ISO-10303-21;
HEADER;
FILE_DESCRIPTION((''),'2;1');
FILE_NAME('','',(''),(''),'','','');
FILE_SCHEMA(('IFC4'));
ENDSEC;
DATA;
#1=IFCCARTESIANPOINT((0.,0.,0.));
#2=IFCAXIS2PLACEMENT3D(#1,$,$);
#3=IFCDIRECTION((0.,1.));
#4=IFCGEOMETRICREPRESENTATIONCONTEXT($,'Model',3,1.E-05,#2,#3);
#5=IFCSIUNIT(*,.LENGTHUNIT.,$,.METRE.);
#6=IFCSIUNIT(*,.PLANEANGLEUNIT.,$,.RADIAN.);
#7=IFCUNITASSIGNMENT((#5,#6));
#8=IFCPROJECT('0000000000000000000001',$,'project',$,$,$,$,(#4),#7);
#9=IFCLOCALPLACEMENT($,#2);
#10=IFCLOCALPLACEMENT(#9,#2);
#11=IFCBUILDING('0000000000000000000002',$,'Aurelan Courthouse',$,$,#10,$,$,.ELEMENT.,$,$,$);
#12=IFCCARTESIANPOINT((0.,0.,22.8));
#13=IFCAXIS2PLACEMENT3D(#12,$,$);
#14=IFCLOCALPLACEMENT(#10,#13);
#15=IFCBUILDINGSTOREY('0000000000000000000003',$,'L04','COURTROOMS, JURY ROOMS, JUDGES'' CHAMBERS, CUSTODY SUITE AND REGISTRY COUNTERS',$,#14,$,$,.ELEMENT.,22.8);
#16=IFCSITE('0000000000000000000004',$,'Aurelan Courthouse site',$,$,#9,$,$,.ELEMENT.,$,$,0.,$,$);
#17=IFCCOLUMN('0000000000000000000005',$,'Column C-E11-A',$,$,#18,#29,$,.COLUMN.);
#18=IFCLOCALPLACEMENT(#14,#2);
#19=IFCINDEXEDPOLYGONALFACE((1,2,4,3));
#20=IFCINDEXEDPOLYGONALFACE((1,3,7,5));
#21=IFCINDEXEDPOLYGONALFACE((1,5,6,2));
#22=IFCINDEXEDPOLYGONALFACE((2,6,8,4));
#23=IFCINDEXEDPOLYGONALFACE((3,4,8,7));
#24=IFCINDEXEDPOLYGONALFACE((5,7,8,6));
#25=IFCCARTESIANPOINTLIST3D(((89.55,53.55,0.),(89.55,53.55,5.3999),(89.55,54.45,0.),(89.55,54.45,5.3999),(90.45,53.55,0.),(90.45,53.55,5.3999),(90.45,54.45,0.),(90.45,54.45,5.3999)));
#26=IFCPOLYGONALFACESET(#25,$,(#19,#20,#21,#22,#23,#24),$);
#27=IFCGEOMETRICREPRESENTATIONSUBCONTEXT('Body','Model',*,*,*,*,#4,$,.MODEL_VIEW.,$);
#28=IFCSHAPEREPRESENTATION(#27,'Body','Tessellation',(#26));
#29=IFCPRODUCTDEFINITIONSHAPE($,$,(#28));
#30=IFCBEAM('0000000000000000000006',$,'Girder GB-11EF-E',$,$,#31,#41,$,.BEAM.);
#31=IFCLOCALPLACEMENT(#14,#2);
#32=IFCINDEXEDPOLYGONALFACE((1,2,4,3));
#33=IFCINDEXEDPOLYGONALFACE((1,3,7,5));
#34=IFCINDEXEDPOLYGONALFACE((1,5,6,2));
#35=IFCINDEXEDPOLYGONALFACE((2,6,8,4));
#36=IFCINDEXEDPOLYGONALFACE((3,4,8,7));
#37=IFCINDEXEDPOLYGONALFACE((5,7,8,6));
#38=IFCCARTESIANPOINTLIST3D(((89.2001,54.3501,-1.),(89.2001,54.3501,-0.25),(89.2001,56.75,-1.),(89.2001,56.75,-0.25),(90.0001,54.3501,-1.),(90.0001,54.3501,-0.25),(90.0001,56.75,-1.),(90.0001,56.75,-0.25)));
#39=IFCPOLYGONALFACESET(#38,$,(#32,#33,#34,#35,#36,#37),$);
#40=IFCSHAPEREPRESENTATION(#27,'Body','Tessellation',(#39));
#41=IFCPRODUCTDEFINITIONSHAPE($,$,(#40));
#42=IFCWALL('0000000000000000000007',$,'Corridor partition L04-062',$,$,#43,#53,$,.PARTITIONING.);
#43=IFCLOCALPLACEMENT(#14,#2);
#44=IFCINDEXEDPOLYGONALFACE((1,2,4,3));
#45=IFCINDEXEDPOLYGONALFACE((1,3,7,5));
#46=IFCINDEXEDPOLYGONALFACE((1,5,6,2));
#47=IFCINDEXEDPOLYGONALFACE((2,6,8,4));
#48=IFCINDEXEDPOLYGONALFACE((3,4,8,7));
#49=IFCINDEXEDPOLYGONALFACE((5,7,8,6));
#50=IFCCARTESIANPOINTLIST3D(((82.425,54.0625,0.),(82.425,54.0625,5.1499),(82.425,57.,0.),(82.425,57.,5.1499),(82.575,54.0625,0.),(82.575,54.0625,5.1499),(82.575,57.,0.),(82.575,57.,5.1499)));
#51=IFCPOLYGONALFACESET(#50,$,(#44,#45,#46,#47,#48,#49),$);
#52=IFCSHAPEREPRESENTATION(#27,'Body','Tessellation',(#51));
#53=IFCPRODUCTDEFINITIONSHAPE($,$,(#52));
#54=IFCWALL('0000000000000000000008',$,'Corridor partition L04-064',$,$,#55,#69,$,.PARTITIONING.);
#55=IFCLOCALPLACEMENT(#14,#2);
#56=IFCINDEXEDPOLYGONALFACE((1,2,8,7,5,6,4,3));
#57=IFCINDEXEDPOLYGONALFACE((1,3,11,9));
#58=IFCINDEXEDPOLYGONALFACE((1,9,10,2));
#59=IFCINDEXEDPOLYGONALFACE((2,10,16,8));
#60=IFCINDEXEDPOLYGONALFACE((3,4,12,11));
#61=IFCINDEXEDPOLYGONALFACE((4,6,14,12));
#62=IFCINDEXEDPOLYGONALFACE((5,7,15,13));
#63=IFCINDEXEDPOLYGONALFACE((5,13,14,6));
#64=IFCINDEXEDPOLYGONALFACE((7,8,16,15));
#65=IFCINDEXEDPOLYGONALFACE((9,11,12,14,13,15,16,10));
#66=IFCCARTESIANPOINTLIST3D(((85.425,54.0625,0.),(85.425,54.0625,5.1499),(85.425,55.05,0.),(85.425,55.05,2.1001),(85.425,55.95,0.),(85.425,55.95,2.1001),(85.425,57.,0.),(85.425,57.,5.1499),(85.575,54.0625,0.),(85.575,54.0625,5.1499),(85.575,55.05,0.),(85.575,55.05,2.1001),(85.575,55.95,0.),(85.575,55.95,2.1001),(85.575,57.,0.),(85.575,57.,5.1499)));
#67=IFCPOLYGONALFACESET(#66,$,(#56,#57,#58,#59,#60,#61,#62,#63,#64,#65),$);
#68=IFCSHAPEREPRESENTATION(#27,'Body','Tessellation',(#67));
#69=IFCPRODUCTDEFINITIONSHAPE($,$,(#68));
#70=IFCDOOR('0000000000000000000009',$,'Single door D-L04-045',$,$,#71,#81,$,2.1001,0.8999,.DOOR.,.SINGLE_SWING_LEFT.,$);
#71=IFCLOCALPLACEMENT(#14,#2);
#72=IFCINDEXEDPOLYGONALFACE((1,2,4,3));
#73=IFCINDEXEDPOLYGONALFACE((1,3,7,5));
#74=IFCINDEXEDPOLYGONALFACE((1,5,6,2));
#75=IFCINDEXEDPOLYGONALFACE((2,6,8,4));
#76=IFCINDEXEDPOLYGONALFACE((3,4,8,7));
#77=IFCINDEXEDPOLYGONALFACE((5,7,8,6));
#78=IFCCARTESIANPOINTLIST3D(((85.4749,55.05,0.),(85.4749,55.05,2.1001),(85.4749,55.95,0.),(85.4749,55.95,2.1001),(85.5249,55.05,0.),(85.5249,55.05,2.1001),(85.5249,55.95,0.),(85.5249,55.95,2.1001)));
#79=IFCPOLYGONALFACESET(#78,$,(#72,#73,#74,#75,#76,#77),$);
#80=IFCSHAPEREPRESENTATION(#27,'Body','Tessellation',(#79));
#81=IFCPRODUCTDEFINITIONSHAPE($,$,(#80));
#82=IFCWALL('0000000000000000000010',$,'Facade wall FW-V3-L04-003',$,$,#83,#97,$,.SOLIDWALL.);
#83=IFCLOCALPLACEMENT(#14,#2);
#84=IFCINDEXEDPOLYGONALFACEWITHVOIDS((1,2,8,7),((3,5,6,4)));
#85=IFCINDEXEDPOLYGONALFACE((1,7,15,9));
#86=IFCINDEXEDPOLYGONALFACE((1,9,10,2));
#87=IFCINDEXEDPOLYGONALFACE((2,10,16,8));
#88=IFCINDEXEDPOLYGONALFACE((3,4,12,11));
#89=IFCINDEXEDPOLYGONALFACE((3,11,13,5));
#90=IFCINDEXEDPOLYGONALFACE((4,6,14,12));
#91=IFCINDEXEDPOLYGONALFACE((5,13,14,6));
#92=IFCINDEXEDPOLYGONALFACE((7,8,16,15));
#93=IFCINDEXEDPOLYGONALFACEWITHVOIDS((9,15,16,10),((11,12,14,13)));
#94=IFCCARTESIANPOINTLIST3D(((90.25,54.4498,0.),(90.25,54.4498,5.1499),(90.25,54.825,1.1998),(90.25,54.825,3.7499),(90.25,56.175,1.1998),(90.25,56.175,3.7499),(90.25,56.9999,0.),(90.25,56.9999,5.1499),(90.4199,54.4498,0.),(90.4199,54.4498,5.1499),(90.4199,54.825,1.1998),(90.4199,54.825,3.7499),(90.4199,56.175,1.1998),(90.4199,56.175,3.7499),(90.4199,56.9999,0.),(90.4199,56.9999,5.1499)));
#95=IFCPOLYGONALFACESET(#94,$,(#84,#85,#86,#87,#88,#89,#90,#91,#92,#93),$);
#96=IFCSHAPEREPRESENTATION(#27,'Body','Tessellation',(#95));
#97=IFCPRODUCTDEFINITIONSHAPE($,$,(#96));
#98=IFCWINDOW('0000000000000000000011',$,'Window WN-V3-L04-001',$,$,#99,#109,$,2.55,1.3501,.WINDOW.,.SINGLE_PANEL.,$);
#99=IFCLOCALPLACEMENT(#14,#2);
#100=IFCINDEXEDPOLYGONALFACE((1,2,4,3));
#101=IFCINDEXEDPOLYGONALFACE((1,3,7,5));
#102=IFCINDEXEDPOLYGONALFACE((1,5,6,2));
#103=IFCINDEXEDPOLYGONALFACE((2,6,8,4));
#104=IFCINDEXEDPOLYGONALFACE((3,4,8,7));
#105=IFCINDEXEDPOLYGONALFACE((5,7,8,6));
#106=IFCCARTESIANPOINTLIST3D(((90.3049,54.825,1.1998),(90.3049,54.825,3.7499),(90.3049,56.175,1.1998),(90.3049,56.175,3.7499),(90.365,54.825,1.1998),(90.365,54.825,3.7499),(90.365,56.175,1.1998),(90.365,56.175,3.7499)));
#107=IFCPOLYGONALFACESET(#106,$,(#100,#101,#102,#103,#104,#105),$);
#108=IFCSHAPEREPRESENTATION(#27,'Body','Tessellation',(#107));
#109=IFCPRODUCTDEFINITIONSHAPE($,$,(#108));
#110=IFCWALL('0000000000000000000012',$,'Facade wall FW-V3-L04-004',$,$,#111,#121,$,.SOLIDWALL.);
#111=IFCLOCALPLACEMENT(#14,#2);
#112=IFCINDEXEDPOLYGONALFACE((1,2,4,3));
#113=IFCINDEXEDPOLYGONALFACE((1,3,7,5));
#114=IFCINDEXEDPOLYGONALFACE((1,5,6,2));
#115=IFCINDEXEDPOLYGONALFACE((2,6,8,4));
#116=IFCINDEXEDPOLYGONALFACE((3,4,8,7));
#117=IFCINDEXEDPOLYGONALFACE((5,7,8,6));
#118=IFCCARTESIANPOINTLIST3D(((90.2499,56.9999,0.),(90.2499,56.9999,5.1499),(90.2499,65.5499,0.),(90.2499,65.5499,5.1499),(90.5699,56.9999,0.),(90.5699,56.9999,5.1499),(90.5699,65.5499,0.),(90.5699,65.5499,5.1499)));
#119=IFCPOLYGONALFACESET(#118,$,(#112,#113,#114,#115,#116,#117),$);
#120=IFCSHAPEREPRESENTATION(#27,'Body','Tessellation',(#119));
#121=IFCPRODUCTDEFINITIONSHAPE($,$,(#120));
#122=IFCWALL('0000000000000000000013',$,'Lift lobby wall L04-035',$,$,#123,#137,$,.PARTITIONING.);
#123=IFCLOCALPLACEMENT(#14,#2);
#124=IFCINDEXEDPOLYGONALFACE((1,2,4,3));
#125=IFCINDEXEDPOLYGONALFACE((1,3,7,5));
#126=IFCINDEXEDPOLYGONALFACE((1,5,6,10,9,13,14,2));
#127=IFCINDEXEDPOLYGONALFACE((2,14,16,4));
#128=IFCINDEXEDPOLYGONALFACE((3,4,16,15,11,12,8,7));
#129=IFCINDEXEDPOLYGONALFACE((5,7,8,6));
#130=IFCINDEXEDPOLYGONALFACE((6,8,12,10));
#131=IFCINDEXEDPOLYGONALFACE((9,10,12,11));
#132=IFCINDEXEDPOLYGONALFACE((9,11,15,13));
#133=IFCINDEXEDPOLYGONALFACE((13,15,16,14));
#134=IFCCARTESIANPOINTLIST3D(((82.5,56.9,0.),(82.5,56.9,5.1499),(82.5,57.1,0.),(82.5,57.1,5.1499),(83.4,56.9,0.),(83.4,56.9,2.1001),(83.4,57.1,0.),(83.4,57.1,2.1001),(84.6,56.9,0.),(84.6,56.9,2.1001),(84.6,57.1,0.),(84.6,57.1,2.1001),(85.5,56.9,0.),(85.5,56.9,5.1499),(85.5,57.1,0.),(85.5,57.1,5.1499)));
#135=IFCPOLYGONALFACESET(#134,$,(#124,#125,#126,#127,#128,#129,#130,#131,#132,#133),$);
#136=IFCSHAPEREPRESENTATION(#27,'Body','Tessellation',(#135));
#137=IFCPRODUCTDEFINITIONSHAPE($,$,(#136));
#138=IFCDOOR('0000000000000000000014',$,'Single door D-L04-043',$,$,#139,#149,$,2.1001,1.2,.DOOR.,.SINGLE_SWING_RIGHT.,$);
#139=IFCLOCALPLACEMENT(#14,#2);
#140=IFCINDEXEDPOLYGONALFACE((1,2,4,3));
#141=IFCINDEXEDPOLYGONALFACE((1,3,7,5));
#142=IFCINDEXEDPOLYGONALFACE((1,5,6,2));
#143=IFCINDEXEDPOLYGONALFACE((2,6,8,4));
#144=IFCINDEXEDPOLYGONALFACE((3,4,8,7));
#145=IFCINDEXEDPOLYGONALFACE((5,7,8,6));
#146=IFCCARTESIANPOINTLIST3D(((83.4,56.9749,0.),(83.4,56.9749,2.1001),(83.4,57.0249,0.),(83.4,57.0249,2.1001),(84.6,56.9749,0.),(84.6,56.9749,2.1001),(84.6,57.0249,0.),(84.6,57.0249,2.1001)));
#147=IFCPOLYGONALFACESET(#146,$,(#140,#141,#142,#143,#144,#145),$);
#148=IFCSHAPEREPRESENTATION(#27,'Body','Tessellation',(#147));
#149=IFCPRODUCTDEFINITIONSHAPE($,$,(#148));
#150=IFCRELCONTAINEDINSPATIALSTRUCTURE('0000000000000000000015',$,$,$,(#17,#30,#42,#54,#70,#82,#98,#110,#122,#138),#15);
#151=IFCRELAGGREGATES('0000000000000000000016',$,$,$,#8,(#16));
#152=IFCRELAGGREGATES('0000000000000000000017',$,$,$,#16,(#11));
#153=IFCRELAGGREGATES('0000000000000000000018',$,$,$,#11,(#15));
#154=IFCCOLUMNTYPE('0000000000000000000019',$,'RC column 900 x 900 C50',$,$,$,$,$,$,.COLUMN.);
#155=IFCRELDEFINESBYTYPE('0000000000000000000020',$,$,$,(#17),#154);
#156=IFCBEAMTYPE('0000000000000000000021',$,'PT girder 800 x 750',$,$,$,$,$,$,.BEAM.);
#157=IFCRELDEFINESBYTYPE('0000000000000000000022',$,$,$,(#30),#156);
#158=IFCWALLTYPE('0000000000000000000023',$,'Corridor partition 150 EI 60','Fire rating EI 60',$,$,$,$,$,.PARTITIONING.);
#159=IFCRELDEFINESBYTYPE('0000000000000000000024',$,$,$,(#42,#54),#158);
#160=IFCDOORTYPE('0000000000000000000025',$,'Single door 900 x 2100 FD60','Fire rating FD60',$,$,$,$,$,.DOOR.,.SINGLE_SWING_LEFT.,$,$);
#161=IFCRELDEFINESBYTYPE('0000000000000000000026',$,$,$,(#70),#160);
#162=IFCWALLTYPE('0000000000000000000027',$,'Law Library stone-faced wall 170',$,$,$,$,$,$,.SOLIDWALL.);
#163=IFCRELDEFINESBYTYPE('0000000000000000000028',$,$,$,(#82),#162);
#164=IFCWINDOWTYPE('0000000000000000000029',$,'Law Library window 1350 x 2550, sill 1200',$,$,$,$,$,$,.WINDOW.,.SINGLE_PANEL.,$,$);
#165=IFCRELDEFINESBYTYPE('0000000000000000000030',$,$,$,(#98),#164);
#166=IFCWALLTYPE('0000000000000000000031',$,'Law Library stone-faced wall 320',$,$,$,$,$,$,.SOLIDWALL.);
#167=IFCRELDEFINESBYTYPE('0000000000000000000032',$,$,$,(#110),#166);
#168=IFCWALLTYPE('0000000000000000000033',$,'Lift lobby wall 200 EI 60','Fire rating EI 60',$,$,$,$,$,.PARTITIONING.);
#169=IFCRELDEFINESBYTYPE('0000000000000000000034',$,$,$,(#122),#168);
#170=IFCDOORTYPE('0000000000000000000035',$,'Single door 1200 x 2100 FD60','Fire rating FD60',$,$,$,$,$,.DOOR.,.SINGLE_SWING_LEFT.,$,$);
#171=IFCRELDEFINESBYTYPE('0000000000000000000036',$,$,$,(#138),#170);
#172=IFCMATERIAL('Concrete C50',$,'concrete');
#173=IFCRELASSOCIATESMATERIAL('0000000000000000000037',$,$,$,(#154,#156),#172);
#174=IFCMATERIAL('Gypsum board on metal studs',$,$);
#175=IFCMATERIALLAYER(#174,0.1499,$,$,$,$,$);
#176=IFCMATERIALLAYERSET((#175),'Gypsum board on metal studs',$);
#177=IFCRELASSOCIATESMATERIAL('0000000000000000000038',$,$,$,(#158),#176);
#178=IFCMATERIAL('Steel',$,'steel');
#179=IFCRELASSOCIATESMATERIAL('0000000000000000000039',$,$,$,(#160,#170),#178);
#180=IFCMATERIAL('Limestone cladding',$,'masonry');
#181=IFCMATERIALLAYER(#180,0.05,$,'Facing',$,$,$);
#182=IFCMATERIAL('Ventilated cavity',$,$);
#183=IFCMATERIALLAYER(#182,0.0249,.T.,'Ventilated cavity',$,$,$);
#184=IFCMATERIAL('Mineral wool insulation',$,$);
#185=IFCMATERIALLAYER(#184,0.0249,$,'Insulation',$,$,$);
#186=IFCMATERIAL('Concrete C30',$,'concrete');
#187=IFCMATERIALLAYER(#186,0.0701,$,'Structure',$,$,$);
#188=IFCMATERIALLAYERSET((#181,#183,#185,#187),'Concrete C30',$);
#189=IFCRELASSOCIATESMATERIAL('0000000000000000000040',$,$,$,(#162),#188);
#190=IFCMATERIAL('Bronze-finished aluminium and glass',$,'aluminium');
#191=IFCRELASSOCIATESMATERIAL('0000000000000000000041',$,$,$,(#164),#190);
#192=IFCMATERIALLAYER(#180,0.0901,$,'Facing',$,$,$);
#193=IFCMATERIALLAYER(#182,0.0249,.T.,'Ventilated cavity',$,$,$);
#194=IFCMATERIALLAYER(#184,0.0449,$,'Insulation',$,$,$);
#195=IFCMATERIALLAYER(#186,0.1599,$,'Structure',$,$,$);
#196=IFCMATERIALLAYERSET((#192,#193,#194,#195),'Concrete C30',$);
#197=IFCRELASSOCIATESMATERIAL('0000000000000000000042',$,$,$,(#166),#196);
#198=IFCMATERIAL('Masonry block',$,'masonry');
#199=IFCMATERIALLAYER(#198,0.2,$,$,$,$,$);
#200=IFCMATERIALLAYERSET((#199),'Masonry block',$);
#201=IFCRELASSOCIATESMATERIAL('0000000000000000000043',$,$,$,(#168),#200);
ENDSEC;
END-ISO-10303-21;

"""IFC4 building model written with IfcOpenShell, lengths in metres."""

from ifc_helpers import new_model, si_unit, direction, frame, frame_2d, origin, origin_2d, place, context, subcontext, project, spatial, rectangle, extrude, material, layer, layer_set, material_profile, profile_set, type_object, element, fill, save


model = new_model("IFC4")

# Units and contexts
model_context = context("Model", 3, precision=1e-05, world=origin(), true_north=direction((0.0, 1.0)))
body_context = subcontext(model_context, "Body", "Model", "MODEL_VIEW")
ifc_project = project(units=[si_unit("LENGTHUNIT", "METRE"), si_unit("PLANEANGLEUNIT", "RADIAN")], contexts=[model_context])

# Site, building, storey
site_placement = place(None, origin())
site = spatial("IfcSite", under=ifc_project, at=site_placement, Name="Aurelan Courthouse site", CompositionType="ELEMENT", RefElevation=0.0)
building_placement = place(site_placement, origin())
building = spatial("IfcBuilding", under=site, at=building_placement, Name="Aurelan Courthouse", CompositionType="ELEMENT")
storey_placement = place(building_placement, frame((0.0, 0.0, 22.8)))
storey = spatial("IfcBuildingStorey", under=building, at=storey_placement, Name="L04", Description="COURTROOMS, JURY ROOMS, JUDGES' CHAMBERS, CUSTODY SUITE AND REGISTRY COUNTERS", CompositionType="ELEMENT", Elevation=22.8)

# Column
ifc_material_1 = material(Name="Concrete C50", Category="concrete")
ifc_material_profile_1 = material_profile(ifc_material_1, rectangle(XDim=0.8999, YDim=0.8999, at=origin_2d()), Name="RC 900 x 900")
ifc_profile_set_1 = profile_set([ifc_material_profile_1], Name="Concrete C50")
column_type = type_object("IfcColumnType", Name="RC column 900 x 900 C50", PredefinedType="COLUMN", material=ifc_profile_set_1)
column_placement = place(storey_placement, frame((90.0, 54.0, 0.0), z_axis=(0.0, 0.0, 1.0), x_axis=(1.0, 0.0, 0.0)))
element("IfcColumn", 1, at=column_placement, inside=storey, type_object=column_type, Name="Column C-E11-A", PredefinedType="COLUMN", context=body_context, shape_type="SweptSolid", body=[
    extrude(rectangle(XDim=0.8999, YDim=0.8999, at=origin_2d()), origin(), (0.0, 0.0, 1.0), 5.3999),
])

# Beam
ifc_material_profile_2 = material_profile(ifc_material_1, rectangle(XDim=0.8, YDim=0.75, at=origin_2d()), Name="RC 800 x 750")
ifc_profile_set_2 = profile_set([ifc_material_profile_2], Name="Concrete C50")
beam_type = type_object("IfcBeamType", Name="PT girder 800 x 750", PredefinedType="BEAM", material=ifc_profile_set_2)
beam_placement = place(storey_placement, frame((89.6001, 54.3501, -0.625), z_axis=(0.0, 1.0, 0.0), x_axis=(-1.0, 0.0, 0.0)))
element("IfcBeam", 2, at=beam_placement, inside=storey, type_object=beam_type, Name="Girder GB-11EF-E", PredefinedType="BEAM", context=body_context, shape_type="SweptSolid", body=[
    extrude(rectangle(XDim=0.8, YDim=0.75, at=origin_2d()), origin(), (0.0, 0.0, 1.0), 2.3999),
])

# Shared definitions
ifc_material_2 = material(Name="Gypsum board on metal studs")
ifc_layer_1 = layer(ifc_material_2, 0.1499)
ifc_layer_set_1 = layer_set([ifc_layer_1], Name="Gypsum board on metal studs")
wall_type_1 = type_object("IfcWallType", Name="Corridor partition 150 EI 60", Description="Fire rating EI 60", PredefinedType="PARTITIONING", material=ifc_layer_set_1)
ifc_material_3 = material(Name="Steel", Category="steel")

# Wall
wall_1_placement = place(storey_placement, frame((82.5, 54.0625, 0.0), z_axis=(0.0, 0.0, 1.0), x_axis=(0.0, 1.0, 0.0)))
element("IfcWall", 3, at=wall_1_placement, inside=storey, type_object=wall_type_1, Name="Corridor partition L04-062", PredefinedType="PARTITIONING", context=body_context, shape_type="SweptSolid", body=[
    extrude(rectangle(XDim=2.9375, YDim=0.1499, at=frame_2d((1.4688, 0.0))), origin(), (0.0, 0.0, 1.0), 5.1499),
])

# Wall, opening, door
wall_2_placement = place(storey_placement, frame((85.5, 54.0625, 0.0), z_axis=(0.0, 0.0, 1.0), x_axis=(0.0, 1.0, 0.0)))
wall_2 = element("IfcWall", 4, at=wall_2_placement, inside=storey, type_object=wall_type_1, Name="Corridor partition L04-064", PredefinedType="PARTITIONING", context=body_context, shape_type="SweptSolid", body=[
    extrude(rectangle(XDim=2.9375, YDim=0.1499, at=frame_2d((1.4688, 0.0))), origin(), (0.0, 0.0, 1.0), 5.1499),
])
opening_1_placement = place(wall_2_placement, frame((1.8875, 0.0, 0.0), z_axis=(0.0, 0.0, 1.0), x_axis=(-1.0, 0.0, 0.0)))
opening_1 = element("IfcOpeningElement", 5, at=opening_1_placement, cuts=wall_2, PredefinedType="OPENING", context=body_context, shape_type="SweptSolid", body=[
    extrude(rectangle(XDim=0.8999, YDim=2.1001, at=frame_2d((0.45, 1.05))), frame((0.0, 0.085, 0.0), z_axis=(0.0, -1.0, 0.0), x_axis=(1.0, 0.0, 0.0)), (0.0, 0.0, 1.0), 0.1699),
])
door_type_1 = type_object("IfcDoorType", Name="Single door 900 x 2100 FD60", Description="Fire rating FD60", OperationType="SINGLE_SWING_LEFT", PredefinedType="DOOR", material=ifc_material_3)
door_1_placement = place(opening_1_placement, origin())
door_1 = element("IfcDoor", 6, at=door_1_placement, inside=storey, type_object=door_type_1, Name="Single door D-L04-045", OperationType="SINGLE_SWING_LEFT", OverallHeight=2.1001, OverallWidth=0.8999, PredefinedType="DOOR", context=body_context, shape_type="SweptSolid", body=[
    extrude(rectangle(XDim=0.8999, YDim=2.1001, at=frame_2d((0.45, 1.05))), frame((0.0, 0.0249, 0.0), z_axis=(0.0, -1.0, 0.0), x_axis=(1.0, 0.0, 0.0)), (0.0, 0.0, 1.0), 0.05),
])
fill(opening_1, door_1)

# Wall, opening, window
ifc_material_4 = material(Name="Limestone cladding", Category="masonry")
ifc_layer_2 = layer(ifc_material_4, 0.05, Name="Facing")
ifc_material_5 = material(Name="Ventilated cavity")
ifc_layer_3 = layer(ifc_material_5, 0.0249, ventilated=True, Name="Ventilated cavity")
ifc_material_6 = material(Name="Mineral wool insulation")
ifc_layer_4 = layer(ifc_material_6, 0.0249, Name="Insulation")
ifc_material_7 = material(Name="Concrete C30", Category="concrete")
ifc_layer_5 = layer(ifc_material_7, 0.0701, Name="Structure")
ifc_layer_set_2 = layer_set([ifc_layer_2, ifc_layer_3, ifc_layer_4, ifc_layer_5], Name="Concrete C30")
wall_type_2 = type_object("IfcWallType", Name="Law Library stone-faced wall 170", PredefinedType="SOLIDWALL", material=ifc_layer_set_2)
wall_3_placement = place(storey_placement, frame((90.335, 54.45, 0.0), z_axis=(0.0, 0.0, 1.0), x_axis=(0.0, 1.0, 0.0)))
wall_3 = element("IfcWall", 7, at=wall_3_placement, inside=storey, type_object=wall_type_2, Name="Facade wall FW-V3-L04-003", PredefinedType="SOLIDWALL", context=body_context, shape_type="SweptSolid", body=[
    extrude(rectangle(XDim=2.55, YDim=0.1699, at=frame_2d((1.2749, 0.0))), origin(), (0.0, 0.0, 1.0), 5.1499),
])
opening_2_placement = place(wall_3_placement, frame((0.375, 0.0, 1.2)))
opening_2 = element("IfcOpeningElement", 8, at=opening_2_placement, cuts=wall_3, PredefinedType="OPENING", context=body_context, shape_type="SweptSolid", body=[
    extrude(rectangle(XDim=1.3501, YDim=2.55, at=frame_2d((0.675, 1.2749))), frame((0.0, 0.095, 0.0), z_axis=(0.0, -1.0, 0.0), x_axis=(1.0, 0.0, 0.0)), (0.0, 0.0, 1.0), 0.1899),
])
ifc_material_8 = material(Name="Bronze-finished aluminium and glass", Category="aluminium")
window_type = type_object("IfcWindowType", Name="Law Library window 1350 x 2550, sill 1200", PartitioningType="SINGLE_PANEL", PredefinedType="WINDOW", material=ifc_material_8)
window_placement = place(opening_2_placement, origin())
window = element("IfcWindow", 9, at=window_placement, inside=storey, type_object=window_type, Name="Window WN-V3-L04-001", OverallHeight=2.55, OverallWidth=1.3501, PartitioningType="SINGLE_PANEL", PredefinedType="WINDOW", context=body_context, shape_type="SweptSolid", body=[
    extrude(rectangle(XDim=1.3501, YDim=2.55, at=frame_2d((0.675, 1.2749))), frame((0.0, 0.03, 0.0), z_axis=(0.0, -1.0, 0.0), x_axis=(1.0, 0.0, 0.0)), (0.0, 0.0, 1.0), 0.0601),
])
fill(opening_2, window)

# Wall
ifc_layer_6 = layer(ifc_material_4, 0.0901, Name="Facing")
ifc_layer_7 = layer(ifc_material_5, 0.0249, ventilated=True, Name="Ventilated cavity")
ifc_layer_8 = layer(ifc_material_6, 0.0449, Name="Insulation")
ifc_layer_9 = layer(ifc_material_7, 0.1599, Name="Structure")
ifc_layer_set_3 = layer_set([ifc_layer_6, ifc_layer_7, ifc_layer_8, ifc_layer_9], Name="Concrete C30")
wall_type_3 = type_object("IfcWallType", Name="Law Library stone-faced wall 320", PredefinedType="SOLIDWALL", material=ifc_layer_set_3)
wall_4_placement = place(storey_placement, frame((90.4099, 57.0, 0.0), z_axis=(0.0, 0.0, 1.0), x_axis=(0.0, 1.0, 0.0)))
element("IfcWall", 10, at=wall_4_placement, inside=storey, type_object=wall_type_3, Name="Facade wall FW-V3-L04-004", PredefinedType="SOLIDWALL", context=body_context, shape_type="SweptSolid", body=[
    extrude(rectangle(XDim=8.55, YDim=0.3201, at=frame_2d((4.2749, 0.0))), origin(), (0.0, 0.0, 1.0), 5.1499),
])

# Wall, opening, door
ifc_material_9 = material(Name="Masonry block", Category="masonry")
ifc_layer_10 = layer(ifc_material_9, 0.2)
ifc_layer_set_4 = layer_set([ifc_layer_10], Name="Masonry block")
wall_type_4 = type_object("IfcWallType", Name="Lift lobby wall 200 EI 60", Description="Fire rating EI 60", PredefinedType="PARTITIONING", material=ifc_layer_set_4)
wall_5_placement = place(storey_placement, frame((82.5, 57.0, 0.0), z_axis=(0.0, 0.0, 1.0), x_axis=(1.0, 0.0, 0.0)))
wall_5 = element("IfcWall", 11, at=wall_5_placement, inside=storey, type_object=wall_type_4, Name="Lift lobby wall L04-035", PredefinedType="PARTITIONING", context=body_context, shape_type="SweptSolid", body=[
    extrude(rectangle(XDim=3.0, YDim=0.2, at=frame_2d((1.5, 0.0))), origin(), (0.0, 0.0, 1.0), 5.1499),
])
opening_3_placement = place(wall_5_placement, frame((0.8999, 0.0, 0.0)))
opening_3 = element("IfcOpeningElement", 12, at=opening_3_placement, cuts=wall_5, PredefinedType="OPENING", context=body_context, shape_type="SweptSolid", body=[
    extrude(rectangle(XDim=1.2, YDim=2.1001, at=frame_2d((0.6001, 1.05))), frame((0.0, 0.1099, 0.0), z_axis=(0.0, -1.0, 0.0), x_axis=(1.0, 0.0, 0.0)), (0.0, 0.0, 1.0), 0.22),
])
door_type_2 = type_object("IfcDoorType", Name="Single door 1200 x 2100 FD60", Description="Fire rating FD60", OperationType="SINGLE_SWING_LEFT", PredefinedType="DOOR", material=ifc_material_3)
door_2_placement = place(opening_3_placement, origin())
door_2 = element("IfcDoor", 13, at=door_2_placement, inside=storey, type_object=door_type_2, Name="Single door D-L04-043", OperationType="SINGLE_SWING_RIGHT", OverallHeight=2.1001, OverallWidth=1.2, PredefinedType="DOOR", context=body_context, shape_type="SweptSolid", body=[
    extrude(rectangle(XDim=1.2, YDim=2.1001, at=frame_2d((0.6001, 1.05))), frame((0.0, 0.0249, 0.0), z_axis=(0.0, -1.0, 0.0), x_axis=(1.0, 0.0, 0.0)), (0.0, 0.0, 1.0), 0.05),
])
fill(opening_3, door_2)

save(model, "model.ifc")
